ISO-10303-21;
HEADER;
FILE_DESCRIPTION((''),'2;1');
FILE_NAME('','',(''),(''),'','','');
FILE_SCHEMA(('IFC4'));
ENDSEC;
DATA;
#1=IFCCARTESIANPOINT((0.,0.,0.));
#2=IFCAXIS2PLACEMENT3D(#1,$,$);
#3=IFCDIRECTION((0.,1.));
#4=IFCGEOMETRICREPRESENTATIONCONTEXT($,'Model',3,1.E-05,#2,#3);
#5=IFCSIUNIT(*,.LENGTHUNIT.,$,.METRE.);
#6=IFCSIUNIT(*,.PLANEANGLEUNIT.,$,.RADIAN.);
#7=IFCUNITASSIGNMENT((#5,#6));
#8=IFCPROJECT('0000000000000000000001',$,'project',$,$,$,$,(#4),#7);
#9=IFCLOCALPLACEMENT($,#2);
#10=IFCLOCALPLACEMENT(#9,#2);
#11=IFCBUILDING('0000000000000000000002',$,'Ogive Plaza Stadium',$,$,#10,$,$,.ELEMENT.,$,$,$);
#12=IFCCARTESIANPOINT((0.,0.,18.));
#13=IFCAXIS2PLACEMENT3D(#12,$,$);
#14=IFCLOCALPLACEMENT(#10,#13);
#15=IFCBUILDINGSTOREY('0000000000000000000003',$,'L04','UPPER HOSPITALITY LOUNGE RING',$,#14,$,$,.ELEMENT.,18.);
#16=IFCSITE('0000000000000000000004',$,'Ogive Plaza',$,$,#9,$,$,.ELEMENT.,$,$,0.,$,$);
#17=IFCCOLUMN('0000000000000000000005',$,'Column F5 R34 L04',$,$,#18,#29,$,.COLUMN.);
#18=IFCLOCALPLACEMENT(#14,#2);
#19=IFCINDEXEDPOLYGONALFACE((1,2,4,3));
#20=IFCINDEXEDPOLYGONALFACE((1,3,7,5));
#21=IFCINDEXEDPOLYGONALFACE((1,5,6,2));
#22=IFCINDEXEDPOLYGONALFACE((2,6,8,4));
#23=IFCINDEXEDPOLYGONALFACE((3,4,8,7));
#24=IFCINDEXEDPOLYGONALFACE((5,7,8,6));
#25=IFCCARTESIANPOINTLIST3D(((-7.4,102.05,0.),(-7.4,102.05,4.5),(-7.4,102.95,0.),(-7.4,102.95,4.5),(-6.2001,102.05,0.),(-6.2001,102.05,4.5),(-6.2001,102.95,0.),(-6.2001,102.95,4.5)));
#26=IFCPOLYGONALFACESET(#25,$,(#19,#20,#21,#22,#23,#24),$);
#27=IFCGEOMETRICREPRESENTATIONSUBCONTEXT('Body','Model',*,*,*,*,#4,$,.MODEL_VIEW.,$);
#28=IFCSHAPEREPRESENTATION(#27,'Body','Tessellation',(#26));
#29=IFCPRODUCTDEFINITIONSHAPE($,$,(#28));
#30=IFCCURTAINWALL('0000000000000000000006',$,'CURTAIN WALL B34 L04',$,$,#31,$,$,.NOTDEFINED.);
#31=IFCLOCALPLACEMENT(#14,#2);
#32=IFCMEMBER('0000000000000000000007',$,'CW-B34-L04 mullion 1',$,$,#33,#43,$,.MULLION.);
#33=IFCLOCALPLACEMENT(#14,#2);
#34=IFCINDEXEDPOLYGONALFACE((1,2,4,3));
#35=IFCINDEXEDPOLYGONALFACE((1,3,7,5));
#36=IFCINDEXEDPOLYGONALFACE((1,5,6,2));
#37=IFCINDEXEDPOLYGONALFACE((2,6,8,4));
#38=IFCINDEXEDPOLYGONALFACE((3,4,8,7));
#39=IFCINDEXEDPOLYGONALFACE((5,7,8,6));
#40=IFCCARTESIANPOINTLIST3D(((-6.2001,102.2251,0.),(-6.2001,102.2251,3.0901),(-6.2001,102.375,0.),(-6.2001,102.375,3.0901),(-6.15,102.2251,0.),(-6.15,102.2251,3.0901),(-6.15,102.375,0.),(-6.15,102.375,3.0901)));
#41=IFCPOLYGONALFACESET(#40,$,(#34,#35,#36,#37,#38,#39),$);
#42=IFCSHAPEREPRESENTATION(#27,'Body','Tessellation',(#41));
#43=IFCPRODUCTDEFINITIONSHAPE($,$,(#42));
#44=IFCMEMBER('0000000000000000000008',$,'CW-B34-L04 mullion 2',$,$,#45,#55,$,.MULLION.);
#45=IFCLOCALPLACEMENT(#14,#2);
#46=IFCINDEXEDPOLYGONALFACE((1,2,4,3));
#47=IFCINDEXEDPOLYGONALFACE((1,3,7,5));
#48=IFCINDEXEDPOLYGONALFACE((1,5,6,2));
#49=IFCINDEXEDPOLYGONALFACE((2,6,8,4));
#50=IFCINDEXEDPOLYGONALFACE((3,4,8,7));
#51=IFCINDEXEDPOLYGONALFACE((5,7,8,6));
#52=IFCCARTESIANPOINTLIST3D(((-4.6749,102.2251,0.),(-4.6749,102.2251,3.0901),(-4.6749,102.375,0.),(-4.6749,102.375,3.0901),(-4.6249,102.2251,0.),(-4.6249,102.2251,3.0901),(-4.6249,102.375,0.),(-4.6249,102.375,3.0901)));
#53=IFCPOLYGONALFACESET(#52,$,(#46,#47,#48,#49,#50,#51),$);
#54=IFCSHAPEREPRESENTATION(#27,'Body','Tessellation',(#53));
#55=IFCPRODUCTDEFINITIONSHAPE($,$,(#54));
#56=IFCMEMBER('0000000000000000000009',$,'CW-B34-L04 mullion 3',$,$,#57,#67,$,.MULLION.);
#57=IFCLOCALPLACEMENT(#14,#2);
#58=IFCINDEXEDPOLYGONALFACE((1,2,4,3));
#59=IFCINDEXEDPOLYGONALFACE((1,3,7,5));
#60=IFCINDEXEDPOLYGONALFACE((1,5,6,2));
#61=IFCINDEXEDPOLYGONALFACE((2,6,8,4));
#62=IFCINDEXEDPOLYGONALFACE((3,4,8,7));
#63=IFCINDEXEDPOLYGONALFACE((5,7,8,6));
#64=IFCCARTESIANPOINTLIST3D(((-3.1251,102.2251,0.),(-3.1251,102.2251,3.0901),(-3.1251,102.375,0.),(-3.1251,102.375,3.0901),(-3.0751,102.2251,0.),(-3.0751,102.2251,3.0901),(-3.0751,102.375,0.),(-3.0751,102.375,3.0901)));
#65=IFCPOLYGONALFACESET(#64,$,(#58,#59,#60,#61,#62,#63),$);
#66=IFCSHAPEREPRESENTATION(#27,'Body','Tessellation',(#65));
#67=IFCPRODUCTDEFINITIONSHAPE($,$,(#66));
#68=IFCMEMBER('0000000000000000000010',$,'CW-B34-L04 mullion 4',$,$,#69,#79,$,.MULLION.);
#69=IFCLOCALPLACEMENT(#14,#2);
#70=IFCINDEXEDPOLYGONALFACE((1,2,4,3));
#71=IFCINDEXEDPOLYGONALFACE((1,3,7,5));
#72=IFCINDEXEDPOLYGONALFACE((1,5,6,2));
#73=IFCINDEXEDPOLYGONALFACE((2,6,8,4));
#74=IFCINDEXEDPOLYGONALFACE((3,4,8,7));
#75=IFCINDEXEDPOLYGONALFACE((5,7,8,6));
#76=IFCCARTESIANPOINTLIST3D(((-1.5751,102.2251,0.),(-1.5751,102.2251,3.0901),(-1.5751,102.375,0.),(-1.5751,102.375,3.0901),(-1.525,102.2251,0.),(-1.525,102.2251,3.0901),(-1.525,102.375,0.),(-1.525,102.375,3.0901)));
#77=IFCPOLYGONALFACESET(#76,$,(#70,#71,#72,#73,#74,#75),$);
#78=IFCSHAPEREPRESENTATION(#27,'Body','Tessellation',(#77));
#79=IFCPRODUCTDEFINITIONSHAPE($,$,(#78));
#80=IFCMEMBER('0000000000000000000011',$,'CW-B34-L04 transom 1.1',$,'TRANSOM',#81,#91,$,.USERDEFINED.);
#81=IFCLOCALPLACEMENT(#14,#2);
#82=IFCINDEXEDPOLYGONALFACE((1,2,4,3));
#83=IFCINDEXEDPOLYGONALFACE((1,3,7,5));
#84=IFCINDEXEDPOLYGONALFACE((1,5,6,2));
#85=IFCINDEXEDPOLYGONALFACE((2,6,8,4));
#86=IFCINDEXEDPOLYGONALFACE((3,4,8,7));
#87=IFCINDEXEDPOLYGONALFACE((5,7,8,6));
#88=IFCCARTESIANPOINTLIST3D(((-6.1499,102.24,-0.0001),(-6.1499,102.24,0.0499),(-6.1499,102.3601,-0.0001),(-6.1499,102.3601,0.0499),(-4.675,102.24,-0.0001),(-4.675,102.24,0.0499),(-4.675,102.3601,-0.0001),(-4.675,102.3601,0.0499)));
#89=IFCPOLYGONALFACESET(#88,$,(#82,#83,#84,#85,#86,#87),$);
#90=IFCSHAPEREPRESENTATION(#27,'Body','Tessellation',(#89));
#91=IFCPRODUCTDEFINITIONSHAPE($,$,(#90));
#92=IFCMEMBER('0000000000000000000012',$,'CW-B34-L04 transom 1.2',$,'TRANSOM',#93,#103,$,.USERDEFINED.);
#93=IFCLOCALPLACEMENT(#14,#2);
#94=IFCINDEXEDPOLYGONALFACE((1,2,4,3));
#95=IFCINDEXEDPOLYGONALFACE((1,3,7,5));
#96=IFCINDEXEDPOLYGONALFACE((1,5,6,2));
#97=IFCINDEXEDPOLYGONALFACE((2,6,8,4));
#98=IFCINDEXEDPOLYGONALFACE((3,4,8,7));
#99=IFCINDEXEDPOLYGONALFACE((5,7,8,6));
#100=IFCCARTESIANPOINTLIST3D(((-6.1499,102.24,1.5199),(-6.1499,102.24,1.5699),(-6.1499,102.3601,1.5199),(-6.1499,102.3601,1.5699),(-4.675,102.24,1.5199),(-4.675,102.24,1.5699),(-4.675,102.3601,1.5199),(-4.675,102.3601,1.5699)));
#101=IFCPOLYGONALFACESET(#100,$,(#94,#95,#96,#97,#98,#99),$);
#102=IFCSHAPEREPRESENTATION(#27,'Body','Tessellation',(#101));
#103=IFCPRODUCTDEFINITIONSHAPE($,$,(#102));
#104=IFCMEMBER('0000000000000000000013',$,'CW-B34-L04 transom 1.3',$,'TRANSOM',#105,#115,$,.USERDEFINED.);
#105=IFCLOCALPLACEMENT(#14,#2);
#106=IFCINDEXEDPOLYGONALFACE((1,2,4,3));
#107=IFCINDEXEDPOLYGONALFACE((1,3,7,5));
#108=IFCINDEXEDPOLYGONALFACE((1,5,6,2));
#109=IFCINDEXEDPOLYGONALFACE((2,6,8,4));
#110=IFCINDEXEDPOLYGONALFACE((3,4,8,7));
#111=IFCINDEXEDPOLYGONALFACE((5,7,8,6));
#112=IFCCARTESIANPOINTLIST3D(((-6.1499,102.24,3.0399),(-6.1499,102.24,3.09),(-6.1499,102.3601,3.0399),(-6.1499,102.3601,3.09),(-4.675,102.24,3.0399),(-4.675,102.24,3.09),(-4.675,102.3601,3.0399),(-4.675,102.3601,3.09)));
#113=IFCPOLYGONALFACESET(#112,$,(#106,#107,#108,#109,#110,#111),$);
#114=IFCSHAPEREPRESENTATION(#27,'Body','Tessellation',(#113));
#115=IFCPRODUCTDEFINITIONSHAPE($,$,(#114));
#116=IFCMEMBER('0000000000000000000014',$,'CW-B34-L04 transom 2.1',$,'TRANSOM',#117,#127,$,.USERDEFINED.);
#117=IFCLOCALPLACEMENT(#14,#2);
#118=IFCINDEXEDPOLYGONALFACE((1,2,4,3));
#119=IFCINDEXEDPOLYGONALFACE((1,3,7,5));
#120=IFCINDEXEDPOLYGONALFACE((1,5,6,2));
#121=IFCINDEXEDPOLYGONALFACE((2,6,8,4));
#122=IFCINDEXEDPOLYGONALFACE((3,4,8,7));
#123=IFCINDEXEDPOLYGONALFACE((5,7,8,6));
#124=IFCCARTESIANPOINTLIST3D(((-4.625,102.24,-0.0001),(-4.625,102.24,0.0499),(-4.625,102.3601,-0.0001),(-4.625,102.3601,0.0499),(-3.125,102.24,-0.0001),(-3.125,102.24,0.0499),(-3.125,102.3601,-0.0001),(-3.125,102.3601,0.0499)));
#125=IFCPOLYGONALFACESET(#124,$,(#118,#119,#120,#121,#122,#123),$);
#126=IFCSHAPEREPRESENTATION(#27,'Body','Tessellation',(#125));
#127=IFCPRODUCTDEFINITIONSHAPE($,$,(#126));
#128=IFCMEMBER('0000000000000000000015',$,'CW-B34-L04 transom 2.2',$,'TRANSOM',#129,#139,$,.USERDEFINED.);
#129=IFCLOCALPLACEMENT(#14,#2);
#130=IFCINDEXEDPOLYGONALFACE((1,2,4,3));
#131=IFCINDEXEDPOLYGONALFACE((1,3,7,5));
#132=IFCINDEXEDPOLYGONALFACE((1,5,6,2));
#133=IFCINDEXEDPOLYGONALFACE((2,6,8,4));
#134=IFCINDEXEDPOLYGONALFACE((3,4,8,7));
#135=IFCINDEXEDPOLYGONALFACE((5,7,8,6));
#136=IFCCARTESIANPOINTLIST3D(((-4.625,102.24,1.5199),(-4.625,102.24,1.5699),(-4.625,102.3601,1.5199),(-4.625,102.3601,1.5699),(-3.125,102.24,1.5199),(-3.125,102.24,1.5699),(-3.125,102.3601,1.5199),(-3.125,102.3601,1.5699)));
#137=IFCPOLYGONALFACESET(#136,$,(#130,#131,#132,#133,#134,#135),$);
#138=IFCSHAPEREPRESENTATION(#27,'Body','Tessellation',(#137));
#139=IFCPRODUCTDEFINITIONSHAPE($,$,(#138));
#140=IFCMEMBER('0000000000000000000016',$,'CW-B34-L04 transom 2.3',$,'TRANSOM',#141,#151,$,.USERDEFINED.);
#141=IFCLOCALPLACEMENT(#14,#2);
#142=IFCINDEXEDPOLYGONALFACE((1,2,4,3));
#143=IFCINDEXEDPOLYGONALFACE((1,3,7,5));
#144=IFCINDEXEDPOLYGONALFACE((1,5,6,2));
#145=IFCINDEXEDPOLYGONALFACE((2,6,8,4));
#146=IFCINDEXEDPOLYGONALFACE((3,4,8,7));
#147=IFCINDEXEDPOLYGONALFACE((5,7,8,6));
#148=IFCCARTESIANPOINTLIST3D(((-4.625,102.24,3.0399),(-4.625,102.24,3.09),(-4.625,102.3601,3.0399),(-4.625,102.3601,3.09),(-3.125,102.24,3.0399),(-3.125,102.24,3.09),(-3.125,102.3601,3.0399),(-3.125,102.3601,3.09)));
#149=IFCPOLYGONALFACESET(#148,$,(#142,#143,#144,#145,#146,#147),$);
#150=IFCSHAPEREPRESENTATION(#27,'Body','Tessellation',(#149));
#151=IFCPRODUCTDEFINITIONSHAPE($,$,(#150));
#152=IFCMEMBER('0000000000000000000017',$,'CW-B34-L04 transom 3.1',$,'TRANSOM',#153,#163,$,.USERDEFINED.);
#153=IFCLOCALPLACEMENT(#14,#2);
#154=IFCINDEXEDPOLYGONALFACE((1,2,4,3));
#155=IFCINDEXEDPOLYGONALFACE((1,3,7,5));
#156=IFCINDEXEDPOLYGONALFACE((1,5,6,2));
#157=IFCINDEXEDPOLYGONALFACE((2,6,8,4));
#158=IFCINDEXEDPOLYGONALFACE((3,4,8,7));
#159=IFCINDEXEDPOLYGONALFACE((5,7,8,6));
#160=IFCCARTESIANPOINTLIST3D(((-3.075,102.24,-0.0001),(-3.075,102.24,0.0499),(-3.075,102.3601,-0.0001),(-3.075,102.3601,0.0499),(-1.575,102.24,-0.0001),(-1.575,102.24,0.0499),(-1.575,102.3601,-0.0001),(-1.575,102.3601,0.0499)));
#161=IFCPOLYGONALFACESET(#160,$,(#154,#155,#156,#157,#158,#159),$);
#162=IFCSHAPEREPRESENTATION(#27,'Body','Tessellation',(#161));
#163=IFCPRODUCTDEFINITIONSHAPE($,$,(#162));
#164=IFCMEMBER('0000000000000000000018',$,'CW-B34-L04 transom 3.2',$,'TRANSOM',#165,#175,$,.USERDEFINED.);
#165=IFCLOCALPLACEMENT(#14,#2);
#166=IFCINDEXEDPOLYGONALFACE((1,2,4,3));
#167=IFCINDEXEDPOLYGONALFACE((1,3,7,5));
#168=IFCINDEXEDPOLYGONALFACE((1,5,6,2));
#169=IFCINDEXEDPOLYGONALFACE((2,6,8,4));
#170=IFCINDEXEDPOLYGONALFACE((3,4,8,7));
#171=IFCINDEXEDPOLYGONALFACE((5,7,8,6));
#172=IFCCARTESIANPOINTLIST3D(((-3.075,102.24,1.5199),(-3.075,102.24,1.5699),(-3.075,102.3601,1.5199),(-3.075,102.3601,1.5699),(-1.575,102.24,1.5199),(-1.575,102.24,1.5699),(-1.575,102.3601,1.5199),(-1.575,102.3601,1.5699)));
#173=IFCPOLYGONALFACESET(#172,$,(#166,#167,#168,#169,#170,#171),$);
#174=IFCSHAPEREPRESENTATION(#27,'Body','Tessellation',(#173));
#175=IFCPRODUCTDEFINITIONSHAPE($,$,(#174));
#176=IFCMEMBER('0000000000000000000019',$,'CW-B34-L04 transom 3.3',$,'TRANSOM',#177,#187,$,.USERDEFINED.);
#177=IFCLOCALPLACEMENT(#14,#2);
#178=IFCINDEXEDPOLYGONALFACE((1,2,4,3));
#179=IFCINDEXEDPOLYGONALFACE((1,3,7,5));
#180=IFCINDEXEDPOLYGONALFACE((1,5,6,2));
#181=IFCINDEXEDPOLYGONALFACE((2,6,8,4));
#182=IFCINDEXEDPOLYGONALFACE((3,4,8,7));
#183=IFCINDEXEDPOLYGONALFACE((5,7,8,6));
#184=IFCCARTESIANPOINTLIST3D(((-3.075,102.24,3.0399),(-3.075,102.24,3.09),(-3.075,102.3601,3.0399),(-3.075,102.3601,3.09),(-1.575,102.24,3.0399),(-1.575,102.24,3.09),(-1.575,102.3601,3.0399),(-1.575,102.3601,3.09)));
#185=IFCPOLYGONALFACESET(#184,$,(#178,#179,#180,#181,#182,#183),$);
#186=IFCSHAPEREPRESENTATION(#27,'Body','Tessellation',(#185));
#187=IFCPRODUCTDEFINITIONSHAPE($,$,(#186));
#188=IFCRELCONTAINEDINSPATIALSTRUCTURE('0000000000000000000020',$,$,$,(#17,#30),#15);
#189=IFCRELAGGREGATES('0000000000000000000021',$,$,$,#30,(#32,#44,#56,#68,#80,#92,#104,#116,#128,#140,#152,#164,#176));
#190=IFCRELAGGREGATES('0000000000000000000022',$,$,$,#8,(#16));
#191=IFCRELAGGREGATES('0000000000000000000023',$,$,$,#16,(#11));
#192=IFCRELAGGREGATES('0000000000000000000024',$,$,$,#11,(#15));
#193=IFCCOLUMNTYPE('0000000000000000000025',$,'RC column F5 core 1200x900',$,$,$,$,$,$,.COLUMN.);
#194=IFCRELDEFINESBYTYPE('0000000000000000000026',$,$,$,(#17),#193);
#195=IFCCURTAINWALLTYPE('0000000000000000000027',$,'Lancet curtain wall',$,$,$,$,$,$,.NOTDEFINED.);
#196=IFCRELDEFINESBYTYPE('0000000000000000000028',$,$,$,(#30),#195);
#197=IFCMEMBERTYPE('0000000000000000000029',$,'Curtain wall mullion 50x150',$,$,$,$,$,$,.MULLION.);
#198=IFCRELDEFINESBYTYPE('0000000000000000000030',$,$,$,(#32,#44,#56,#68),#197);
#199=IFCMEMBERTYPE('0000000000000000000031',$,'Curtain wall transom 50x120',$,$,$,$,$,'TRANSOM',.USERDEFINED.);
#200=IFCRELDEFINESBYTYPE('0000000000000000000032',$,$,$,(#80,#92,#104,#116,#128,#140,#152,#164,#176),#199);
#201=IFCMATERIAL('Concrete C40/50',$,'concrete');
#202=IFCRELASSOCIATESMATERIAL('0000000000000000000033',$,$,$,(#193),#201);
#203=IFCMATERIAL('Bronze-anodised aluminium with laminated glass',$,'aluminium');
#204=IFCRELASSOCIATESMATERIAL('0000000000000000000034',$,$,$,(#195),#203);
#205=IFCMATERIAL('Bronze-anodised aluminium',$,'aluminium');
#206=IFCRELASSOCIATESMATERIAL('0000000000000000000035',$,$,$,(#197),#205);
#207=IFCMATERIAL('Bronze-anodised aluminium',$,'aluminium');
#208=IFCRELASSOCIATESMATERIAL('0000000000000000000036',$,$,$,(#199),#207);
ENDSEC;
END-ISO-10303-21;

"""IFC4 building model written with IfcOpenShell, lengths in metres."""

from ifc_helpers import new_model, si_unit, direction, frame, origin, origin_2d, place, context, subcontext, project, spatial, rectangle, extrude, material, material_profile, profile_set, type_object, element, aggregate, save


model = new_model("IFC4")

# Units and contexts
model_context = context("Model", 3, precision=1e-05, world=origin(), true_north=direction((0.0, 1.0)))
body_context = subcontext(model_context, "Body", "Model", "MODEL_VIEW")
ifc_project = project(units=[si_unit("LENGTHUNIT", "METRE"), si_unit("PLANEANGLEUNIT", "RADIAN")], contexts=[model_context])

# Site, building, storey
site_placement = place(None, origin())
site = spatial("IfcSite", under=ifc_project, at=site_placement, Name="Ogive Plaza", CompositionType="ELEMENT", RefElevation=0.0)
building_placement = place(site_placement, origin())
building = spatial("IfcBuilding", under=site, at=building_placement, Name="Ogive Plaza Stadium", CompositionType="ELEMENT")
storey_placement = place(building_placement, frame((0.0, 0.0, 18.0)))
storey = spatial("IfcBuildingStorey", under=building, at=storey_placement, Name="L04", Description="UPPER HOSPITALITY LOUNGE RING", CompositionType="ELEMENT", Elevation=18.0)

# Column
ifc_material_1 = material(Name="Concrete C40/50", Category="concrete")
ifc_material_profile_1 = material_profile(ifc_material_1, rectangle(XDim=1.2, YDim=0.8999, at=origin_2d()), Name="RC 1200x900")
ifc_profile_set_1 = profile_set([ifc_material_profile_1], Name="Concrete C40/50")
column_type = type_object("IfcColumnType", Name="RC column F5 core 1200x900", PredefinedType="COLUMN", material=ifc_profile_set_1)
column_placement = place(storey_placement, frame((-6.8, 102.5, 0.0), z_axis=(0.0, 0.0, 1.0), x_axis=(-1.0, 0.0, 0.0)))
element("IfcColumn", 1, at=column_placement, inside=storey, type_object=column_type, Name="Column F5 R34 L04", PredefinedType="COLUMN", context=body_context, shape_type="SweptSolid", body=[
    extrude(rectangle(XDim=1.2, YDim=0.8999, at=origin_2d()), origin(), (0.0, 0.0, 1.0), 4.5),
])

# Curtain wall, members
ifc_material_2 = material(Name="Bronze-anodised aluminium with laminated glass", Category="aluminium")
curtain_wall_type = type_object("IfcCurtainWallType", Name="Lancet curtain wall", PredefinedType="NOTDEFINED", material=ifc_material_2)
curtain_wall_placement = place(storey_placement, origin())
curtain_wall = element("IfcCurtainWall", 2, at=curtain_wall_placement, inside=storey, type_object=curtain_wall_type, Name="CURTAIN WALL B34 L04", PredefinedType="NOTDEFINED")
ifc_material_3 = material(Name="Bronze-anodised aluminium", Category="aluminium")
ifc_material_profile_2 = material_profile(ifc_material_3, rectangle(XDim=0.1499, YDim=0.05, at=origin_2d()), Name="AL 150x50")
ifc_profile_set_2 = profile_set([ifc_material_profile_2], Name="Bronze-anodised aluminium")
member_type_1 = type_object("IfcMemberType", Name="Curtain wall mullion 50x150", PredefinedType="MULLION", material=ifc_profile_set_2)
member_1_placement = place(storey_placement, frame((-6.175, 102.3, 0.0), z_axis=(0.0, 0.0, 1.0), x_axis=(0.0, 1.0, 0.0)))
member_1 = element("IfcMember", 3, at=member_1_placement, type_object=member_type_1, Name="CW-B34-L04 mullion 1", PredefinedType="MULLION", context=body_context, shape_type="SweptSolid", body=[
    extrude(rectangle(XDim=0.1499, YDim=0.05, at=origin_2d()), origin(), (0.0, 0.0, 1.0), 3.0901),
])
member_2_placement = place(storey_placement, frame((-4.6499, 102.3, 0.0), z_axis=(0.0, 0.0, 1.0), x_axis=(0.0, 1.0, 0.0)))
member_2 = element("IfcMember", 4, at=member_2_placement, type_object=member_type_1, Name="CW-B34-L04 mullion 2", PredefinedType="MULLION", context=body_context, shape_type="SweptSolid", body=[
    extrude(rectangle(XDim=0.1499, YDim=0.05, at=origin_2d()), origin(), (0.0, 0.0, 1.0), 3.0901),
])
member_3_placement = place(storey_placement, frame((-3.1001, 102.3, 0.0), z_axis=(0.0, 0.0, 1.0), x_axis=(0.0, 1.0, 0.0)))
member_3 = element("IfcMember", 5, at=member_3_placement, type_object=member_type_1, Name="CW-B34-L04 mullion 3", PredefinedType="MULLION", context=body_context, shape_type="SweptSolid", body=[
    extrude(rectangle(XDim=0.1499, YDim=0.05, at=origin_2d()), origin(), (0.0, 0.0, 1.0), 3.0901),
])
member_4_placement = place(storey_placement, frame((-1.55, 102.3, 0.0), z_axis=(0.0, 0.0, 1.0), x_axis=(0.0, 1.0, 0.0)))
member_4 = element("IfcMember", 6, at=member_4_placement, type_object=member_type_1, Name="CW-B34-L04 mullion 4", PredefinedType="MULLION", context=body_context, shape_type="SweptSolid", body=[
    extrude(rectangle(XDim=0.1499, YDim=0.05, at=origin_2d()), origin(), (0.0, 0.0, 1.0), 3.0901),
])
ifc_material_4 = material(Name="Bronze-anodised aluminium", Category="aluminium")
ifc_material_profile_3 = material_profile(ifc_material_4, rectangle(XDim=0.1201, YDim=0.05, at=origin_2d()), Name="AL 120x50")
ifc_profile_set_3 = profile_set([ifc_material_profile_3], Name="Bronze-anodised aluminium")
member_type_2 = type_object("IfcMemberType", Name="Curtain wall transom 50x120", ElementType="TRANSOM", PredefinedType="USERDEFINED", material=ifc_profile_set_3)
member_5_placement = place(storey_placement, frame((-6.1499, 102.3, 0.0249), z_axis=(1.0, 0.0, 0.0), x_axis=(0.0, 1.0, 0.0)))
member_5 = element("IfcMember", 7, at=member_5_placement, type_object=member_type_2, Name="CW-B34-L04 transom 1.1", ObjectType="TRANSOM", PredefinedType="USERDEFINED", context=body_context, shape_type="SweptSolid", body=[
    extrude(rectangle(XDim=0.1201, YDim=0.05, at=origin_2d()), origin(), (0.0, 0.0, 1.0), 1.4749),
])
member_6_placement = place(storey_placement, frame((-6.1499, 102.3, 1.5449), z_axis=(1.0, 0.0, 0.0), x_axis=(0.0, 1.0, 0.0)))
member_6 = element("IfcMember", 8, at=member_6_placement, type_object=member_type_2, Name="CW-B34-L04 transom 1.2", ObjectType="TRANSOM", PredefinedType="USERDEFINED", context=body_context, shape_type="SweptSolid", body=[
    extrude(rectangle(XDim=0.1201, YDim=0.05, at=origin_2d()), origin(), (0.0, 0.0, 1.0), 1.4749),
])
member_7_placement = place(storey_placement, frame((-6.1499, 102.3, 3.0649), z_axis=(1.0, 0.0, 0.0), x_axis=(0.0, 1.0, 0.0)))
member_7 = element("IfcMember", 9, at=member_7_placement, type_object=member_type_2, Name="CW-B34-L04 transom 1.3", ObjectType="TRANSOM", PredefinedType="USERDEFINED", context=body_context, shape_type="SweptSolid", body=[
    extrude(rectangle(XDim=0.1201, YDim=0.05, at=origin_2d()), origin(), (0.0, 0.0, 1.0), 1.4749),
])
member_8_placement = place(storey_placement, frame((-4.625, 102.3, 0.0249), z_axis=(1.0, 0.0, 0.0), x_axis=(0.0, 1.0, 0.0)))
member_8 = element("IfcMember", 10, at=member_8_placement, type_object=member_type_2, Name="CW-B34-L04 transom 2.1", ObjectType="TRANSOM", PredefinedType="USERDEFINED", context=body_context, shape_type="SweptSolid", body=[
    extrude(rectangle(XDim=0.1201, YDim=0.05, at=origin_2d()), origin(), (0.0, 0.0, 1.0), 1.5),
])
member_9_placement = place(storey_placement, frame((-4.625, 102.3, 1.5449), z_axis=(1.0, 0.0, 0.0), x_axis=(0.0, 1.0, 0.0)))
member_9 = element("IfcMember", 11, at=member_9_placement, type_object=member_type_2, Name="CW-B34-L04 transom 2.2", ObjectType="TRANSOM", PredefinedType="USERDEFINED", context=body_context, shape_type="SweptSolid", body=[
    extrude(rectangle(XDim=0.1201, YDim=0.05, at=origin_2d()), origin(), (0.0, 0.0, 1.0), 1.5),
])
member_10_placement = place(storey_placement, frame((-4.625, 102.3, 3.0649), z_axis=(1.0, 0.0, 0.0), x_axis=(0.0, 1.0, 0.0)))
member_10 = element("IfcMember", 12, at=member_10_placement, type_object=member_type_2, Name="CW-B34-L04 transom 2.3", ObjectType="TRANSOM", PredefinedType="USERDEFINED", context=body_context, shape_type="SweptSolid", body=[
    extrude(rectangle(XDim=0.1201, YDim=0.05, at=origin_2d()), origin(), (0.0, 0.0, 1.0), 1.5),
])
member_11_placement = place(storey_placement, frame((-3.075, 102.3, 0.0249), z_axis=(1.0, 0.0, 0.0), x_axis=(0.0, 1.0, 0.0)))
member_11 = element("IfcMember", 13, at=member_11_placement, type_object=member_type_2, Name="CW-B34-L04 transom 3.1", ObjectType="TRANSOM", PredefinedType="USERDEFINED", context=body_context, shape_type="SweptSolid", body=[
    extrude(rectangle(XDim=0.1201, YDim=0.05, at=origin_2d()), origin(), (0.0, 0.0, 1.0), 1.5),
])
member_12_placement = place(storey_placement, frame((-3.075, 102.3, 1.5449), z_axis=(1.0, 0.0, 0.0), x_axis=(0.0, 1.0, 0.0)))
member_12 = element("IfcMember", 14, at=member_12_placement, type_object=member_type_2, Name="CW-B34-L04 transom 3.2", ObjectType="TRANSOM", PredefinedType="USERDEFINED", context=body_context, shape_type="SweptSolid", body=[
    extrude(rectangle(XDim=0.1201, YDim=0.05, at=origin_2d()), origin(), (0.0, 0.0, 1.0), 1.5),
])
member_13_placement = place(storey_placement, frame((-3.075, 102.3, 3.0649), z_axis=(1.0, 0.0, 0.0), x_axis=(0.0, 1.0, 0.0)))
member_13 = element("IfcMember", 15, at=member_13_placement, type_object=member_type_2, Name="CW-B34-L04 transom 3.3", ObjectType="TRANSOM", PredefinedType="USERDEFINED", context=body_context, shape_type="SweptSolid", body=[
    extrude(rectangle(XDim=0.1201, YDim=0.05, at=origin_2d()), origin(), (0.0, 0.0, 1.0), 1.5),
])

aggregate(curtain_wall, [member_1, member_2, member_3, member_4, member_5, member_6, member_7, member_8, member_9, member_10, member_11, member_12, member_13])

save(model, "model.ifc")
